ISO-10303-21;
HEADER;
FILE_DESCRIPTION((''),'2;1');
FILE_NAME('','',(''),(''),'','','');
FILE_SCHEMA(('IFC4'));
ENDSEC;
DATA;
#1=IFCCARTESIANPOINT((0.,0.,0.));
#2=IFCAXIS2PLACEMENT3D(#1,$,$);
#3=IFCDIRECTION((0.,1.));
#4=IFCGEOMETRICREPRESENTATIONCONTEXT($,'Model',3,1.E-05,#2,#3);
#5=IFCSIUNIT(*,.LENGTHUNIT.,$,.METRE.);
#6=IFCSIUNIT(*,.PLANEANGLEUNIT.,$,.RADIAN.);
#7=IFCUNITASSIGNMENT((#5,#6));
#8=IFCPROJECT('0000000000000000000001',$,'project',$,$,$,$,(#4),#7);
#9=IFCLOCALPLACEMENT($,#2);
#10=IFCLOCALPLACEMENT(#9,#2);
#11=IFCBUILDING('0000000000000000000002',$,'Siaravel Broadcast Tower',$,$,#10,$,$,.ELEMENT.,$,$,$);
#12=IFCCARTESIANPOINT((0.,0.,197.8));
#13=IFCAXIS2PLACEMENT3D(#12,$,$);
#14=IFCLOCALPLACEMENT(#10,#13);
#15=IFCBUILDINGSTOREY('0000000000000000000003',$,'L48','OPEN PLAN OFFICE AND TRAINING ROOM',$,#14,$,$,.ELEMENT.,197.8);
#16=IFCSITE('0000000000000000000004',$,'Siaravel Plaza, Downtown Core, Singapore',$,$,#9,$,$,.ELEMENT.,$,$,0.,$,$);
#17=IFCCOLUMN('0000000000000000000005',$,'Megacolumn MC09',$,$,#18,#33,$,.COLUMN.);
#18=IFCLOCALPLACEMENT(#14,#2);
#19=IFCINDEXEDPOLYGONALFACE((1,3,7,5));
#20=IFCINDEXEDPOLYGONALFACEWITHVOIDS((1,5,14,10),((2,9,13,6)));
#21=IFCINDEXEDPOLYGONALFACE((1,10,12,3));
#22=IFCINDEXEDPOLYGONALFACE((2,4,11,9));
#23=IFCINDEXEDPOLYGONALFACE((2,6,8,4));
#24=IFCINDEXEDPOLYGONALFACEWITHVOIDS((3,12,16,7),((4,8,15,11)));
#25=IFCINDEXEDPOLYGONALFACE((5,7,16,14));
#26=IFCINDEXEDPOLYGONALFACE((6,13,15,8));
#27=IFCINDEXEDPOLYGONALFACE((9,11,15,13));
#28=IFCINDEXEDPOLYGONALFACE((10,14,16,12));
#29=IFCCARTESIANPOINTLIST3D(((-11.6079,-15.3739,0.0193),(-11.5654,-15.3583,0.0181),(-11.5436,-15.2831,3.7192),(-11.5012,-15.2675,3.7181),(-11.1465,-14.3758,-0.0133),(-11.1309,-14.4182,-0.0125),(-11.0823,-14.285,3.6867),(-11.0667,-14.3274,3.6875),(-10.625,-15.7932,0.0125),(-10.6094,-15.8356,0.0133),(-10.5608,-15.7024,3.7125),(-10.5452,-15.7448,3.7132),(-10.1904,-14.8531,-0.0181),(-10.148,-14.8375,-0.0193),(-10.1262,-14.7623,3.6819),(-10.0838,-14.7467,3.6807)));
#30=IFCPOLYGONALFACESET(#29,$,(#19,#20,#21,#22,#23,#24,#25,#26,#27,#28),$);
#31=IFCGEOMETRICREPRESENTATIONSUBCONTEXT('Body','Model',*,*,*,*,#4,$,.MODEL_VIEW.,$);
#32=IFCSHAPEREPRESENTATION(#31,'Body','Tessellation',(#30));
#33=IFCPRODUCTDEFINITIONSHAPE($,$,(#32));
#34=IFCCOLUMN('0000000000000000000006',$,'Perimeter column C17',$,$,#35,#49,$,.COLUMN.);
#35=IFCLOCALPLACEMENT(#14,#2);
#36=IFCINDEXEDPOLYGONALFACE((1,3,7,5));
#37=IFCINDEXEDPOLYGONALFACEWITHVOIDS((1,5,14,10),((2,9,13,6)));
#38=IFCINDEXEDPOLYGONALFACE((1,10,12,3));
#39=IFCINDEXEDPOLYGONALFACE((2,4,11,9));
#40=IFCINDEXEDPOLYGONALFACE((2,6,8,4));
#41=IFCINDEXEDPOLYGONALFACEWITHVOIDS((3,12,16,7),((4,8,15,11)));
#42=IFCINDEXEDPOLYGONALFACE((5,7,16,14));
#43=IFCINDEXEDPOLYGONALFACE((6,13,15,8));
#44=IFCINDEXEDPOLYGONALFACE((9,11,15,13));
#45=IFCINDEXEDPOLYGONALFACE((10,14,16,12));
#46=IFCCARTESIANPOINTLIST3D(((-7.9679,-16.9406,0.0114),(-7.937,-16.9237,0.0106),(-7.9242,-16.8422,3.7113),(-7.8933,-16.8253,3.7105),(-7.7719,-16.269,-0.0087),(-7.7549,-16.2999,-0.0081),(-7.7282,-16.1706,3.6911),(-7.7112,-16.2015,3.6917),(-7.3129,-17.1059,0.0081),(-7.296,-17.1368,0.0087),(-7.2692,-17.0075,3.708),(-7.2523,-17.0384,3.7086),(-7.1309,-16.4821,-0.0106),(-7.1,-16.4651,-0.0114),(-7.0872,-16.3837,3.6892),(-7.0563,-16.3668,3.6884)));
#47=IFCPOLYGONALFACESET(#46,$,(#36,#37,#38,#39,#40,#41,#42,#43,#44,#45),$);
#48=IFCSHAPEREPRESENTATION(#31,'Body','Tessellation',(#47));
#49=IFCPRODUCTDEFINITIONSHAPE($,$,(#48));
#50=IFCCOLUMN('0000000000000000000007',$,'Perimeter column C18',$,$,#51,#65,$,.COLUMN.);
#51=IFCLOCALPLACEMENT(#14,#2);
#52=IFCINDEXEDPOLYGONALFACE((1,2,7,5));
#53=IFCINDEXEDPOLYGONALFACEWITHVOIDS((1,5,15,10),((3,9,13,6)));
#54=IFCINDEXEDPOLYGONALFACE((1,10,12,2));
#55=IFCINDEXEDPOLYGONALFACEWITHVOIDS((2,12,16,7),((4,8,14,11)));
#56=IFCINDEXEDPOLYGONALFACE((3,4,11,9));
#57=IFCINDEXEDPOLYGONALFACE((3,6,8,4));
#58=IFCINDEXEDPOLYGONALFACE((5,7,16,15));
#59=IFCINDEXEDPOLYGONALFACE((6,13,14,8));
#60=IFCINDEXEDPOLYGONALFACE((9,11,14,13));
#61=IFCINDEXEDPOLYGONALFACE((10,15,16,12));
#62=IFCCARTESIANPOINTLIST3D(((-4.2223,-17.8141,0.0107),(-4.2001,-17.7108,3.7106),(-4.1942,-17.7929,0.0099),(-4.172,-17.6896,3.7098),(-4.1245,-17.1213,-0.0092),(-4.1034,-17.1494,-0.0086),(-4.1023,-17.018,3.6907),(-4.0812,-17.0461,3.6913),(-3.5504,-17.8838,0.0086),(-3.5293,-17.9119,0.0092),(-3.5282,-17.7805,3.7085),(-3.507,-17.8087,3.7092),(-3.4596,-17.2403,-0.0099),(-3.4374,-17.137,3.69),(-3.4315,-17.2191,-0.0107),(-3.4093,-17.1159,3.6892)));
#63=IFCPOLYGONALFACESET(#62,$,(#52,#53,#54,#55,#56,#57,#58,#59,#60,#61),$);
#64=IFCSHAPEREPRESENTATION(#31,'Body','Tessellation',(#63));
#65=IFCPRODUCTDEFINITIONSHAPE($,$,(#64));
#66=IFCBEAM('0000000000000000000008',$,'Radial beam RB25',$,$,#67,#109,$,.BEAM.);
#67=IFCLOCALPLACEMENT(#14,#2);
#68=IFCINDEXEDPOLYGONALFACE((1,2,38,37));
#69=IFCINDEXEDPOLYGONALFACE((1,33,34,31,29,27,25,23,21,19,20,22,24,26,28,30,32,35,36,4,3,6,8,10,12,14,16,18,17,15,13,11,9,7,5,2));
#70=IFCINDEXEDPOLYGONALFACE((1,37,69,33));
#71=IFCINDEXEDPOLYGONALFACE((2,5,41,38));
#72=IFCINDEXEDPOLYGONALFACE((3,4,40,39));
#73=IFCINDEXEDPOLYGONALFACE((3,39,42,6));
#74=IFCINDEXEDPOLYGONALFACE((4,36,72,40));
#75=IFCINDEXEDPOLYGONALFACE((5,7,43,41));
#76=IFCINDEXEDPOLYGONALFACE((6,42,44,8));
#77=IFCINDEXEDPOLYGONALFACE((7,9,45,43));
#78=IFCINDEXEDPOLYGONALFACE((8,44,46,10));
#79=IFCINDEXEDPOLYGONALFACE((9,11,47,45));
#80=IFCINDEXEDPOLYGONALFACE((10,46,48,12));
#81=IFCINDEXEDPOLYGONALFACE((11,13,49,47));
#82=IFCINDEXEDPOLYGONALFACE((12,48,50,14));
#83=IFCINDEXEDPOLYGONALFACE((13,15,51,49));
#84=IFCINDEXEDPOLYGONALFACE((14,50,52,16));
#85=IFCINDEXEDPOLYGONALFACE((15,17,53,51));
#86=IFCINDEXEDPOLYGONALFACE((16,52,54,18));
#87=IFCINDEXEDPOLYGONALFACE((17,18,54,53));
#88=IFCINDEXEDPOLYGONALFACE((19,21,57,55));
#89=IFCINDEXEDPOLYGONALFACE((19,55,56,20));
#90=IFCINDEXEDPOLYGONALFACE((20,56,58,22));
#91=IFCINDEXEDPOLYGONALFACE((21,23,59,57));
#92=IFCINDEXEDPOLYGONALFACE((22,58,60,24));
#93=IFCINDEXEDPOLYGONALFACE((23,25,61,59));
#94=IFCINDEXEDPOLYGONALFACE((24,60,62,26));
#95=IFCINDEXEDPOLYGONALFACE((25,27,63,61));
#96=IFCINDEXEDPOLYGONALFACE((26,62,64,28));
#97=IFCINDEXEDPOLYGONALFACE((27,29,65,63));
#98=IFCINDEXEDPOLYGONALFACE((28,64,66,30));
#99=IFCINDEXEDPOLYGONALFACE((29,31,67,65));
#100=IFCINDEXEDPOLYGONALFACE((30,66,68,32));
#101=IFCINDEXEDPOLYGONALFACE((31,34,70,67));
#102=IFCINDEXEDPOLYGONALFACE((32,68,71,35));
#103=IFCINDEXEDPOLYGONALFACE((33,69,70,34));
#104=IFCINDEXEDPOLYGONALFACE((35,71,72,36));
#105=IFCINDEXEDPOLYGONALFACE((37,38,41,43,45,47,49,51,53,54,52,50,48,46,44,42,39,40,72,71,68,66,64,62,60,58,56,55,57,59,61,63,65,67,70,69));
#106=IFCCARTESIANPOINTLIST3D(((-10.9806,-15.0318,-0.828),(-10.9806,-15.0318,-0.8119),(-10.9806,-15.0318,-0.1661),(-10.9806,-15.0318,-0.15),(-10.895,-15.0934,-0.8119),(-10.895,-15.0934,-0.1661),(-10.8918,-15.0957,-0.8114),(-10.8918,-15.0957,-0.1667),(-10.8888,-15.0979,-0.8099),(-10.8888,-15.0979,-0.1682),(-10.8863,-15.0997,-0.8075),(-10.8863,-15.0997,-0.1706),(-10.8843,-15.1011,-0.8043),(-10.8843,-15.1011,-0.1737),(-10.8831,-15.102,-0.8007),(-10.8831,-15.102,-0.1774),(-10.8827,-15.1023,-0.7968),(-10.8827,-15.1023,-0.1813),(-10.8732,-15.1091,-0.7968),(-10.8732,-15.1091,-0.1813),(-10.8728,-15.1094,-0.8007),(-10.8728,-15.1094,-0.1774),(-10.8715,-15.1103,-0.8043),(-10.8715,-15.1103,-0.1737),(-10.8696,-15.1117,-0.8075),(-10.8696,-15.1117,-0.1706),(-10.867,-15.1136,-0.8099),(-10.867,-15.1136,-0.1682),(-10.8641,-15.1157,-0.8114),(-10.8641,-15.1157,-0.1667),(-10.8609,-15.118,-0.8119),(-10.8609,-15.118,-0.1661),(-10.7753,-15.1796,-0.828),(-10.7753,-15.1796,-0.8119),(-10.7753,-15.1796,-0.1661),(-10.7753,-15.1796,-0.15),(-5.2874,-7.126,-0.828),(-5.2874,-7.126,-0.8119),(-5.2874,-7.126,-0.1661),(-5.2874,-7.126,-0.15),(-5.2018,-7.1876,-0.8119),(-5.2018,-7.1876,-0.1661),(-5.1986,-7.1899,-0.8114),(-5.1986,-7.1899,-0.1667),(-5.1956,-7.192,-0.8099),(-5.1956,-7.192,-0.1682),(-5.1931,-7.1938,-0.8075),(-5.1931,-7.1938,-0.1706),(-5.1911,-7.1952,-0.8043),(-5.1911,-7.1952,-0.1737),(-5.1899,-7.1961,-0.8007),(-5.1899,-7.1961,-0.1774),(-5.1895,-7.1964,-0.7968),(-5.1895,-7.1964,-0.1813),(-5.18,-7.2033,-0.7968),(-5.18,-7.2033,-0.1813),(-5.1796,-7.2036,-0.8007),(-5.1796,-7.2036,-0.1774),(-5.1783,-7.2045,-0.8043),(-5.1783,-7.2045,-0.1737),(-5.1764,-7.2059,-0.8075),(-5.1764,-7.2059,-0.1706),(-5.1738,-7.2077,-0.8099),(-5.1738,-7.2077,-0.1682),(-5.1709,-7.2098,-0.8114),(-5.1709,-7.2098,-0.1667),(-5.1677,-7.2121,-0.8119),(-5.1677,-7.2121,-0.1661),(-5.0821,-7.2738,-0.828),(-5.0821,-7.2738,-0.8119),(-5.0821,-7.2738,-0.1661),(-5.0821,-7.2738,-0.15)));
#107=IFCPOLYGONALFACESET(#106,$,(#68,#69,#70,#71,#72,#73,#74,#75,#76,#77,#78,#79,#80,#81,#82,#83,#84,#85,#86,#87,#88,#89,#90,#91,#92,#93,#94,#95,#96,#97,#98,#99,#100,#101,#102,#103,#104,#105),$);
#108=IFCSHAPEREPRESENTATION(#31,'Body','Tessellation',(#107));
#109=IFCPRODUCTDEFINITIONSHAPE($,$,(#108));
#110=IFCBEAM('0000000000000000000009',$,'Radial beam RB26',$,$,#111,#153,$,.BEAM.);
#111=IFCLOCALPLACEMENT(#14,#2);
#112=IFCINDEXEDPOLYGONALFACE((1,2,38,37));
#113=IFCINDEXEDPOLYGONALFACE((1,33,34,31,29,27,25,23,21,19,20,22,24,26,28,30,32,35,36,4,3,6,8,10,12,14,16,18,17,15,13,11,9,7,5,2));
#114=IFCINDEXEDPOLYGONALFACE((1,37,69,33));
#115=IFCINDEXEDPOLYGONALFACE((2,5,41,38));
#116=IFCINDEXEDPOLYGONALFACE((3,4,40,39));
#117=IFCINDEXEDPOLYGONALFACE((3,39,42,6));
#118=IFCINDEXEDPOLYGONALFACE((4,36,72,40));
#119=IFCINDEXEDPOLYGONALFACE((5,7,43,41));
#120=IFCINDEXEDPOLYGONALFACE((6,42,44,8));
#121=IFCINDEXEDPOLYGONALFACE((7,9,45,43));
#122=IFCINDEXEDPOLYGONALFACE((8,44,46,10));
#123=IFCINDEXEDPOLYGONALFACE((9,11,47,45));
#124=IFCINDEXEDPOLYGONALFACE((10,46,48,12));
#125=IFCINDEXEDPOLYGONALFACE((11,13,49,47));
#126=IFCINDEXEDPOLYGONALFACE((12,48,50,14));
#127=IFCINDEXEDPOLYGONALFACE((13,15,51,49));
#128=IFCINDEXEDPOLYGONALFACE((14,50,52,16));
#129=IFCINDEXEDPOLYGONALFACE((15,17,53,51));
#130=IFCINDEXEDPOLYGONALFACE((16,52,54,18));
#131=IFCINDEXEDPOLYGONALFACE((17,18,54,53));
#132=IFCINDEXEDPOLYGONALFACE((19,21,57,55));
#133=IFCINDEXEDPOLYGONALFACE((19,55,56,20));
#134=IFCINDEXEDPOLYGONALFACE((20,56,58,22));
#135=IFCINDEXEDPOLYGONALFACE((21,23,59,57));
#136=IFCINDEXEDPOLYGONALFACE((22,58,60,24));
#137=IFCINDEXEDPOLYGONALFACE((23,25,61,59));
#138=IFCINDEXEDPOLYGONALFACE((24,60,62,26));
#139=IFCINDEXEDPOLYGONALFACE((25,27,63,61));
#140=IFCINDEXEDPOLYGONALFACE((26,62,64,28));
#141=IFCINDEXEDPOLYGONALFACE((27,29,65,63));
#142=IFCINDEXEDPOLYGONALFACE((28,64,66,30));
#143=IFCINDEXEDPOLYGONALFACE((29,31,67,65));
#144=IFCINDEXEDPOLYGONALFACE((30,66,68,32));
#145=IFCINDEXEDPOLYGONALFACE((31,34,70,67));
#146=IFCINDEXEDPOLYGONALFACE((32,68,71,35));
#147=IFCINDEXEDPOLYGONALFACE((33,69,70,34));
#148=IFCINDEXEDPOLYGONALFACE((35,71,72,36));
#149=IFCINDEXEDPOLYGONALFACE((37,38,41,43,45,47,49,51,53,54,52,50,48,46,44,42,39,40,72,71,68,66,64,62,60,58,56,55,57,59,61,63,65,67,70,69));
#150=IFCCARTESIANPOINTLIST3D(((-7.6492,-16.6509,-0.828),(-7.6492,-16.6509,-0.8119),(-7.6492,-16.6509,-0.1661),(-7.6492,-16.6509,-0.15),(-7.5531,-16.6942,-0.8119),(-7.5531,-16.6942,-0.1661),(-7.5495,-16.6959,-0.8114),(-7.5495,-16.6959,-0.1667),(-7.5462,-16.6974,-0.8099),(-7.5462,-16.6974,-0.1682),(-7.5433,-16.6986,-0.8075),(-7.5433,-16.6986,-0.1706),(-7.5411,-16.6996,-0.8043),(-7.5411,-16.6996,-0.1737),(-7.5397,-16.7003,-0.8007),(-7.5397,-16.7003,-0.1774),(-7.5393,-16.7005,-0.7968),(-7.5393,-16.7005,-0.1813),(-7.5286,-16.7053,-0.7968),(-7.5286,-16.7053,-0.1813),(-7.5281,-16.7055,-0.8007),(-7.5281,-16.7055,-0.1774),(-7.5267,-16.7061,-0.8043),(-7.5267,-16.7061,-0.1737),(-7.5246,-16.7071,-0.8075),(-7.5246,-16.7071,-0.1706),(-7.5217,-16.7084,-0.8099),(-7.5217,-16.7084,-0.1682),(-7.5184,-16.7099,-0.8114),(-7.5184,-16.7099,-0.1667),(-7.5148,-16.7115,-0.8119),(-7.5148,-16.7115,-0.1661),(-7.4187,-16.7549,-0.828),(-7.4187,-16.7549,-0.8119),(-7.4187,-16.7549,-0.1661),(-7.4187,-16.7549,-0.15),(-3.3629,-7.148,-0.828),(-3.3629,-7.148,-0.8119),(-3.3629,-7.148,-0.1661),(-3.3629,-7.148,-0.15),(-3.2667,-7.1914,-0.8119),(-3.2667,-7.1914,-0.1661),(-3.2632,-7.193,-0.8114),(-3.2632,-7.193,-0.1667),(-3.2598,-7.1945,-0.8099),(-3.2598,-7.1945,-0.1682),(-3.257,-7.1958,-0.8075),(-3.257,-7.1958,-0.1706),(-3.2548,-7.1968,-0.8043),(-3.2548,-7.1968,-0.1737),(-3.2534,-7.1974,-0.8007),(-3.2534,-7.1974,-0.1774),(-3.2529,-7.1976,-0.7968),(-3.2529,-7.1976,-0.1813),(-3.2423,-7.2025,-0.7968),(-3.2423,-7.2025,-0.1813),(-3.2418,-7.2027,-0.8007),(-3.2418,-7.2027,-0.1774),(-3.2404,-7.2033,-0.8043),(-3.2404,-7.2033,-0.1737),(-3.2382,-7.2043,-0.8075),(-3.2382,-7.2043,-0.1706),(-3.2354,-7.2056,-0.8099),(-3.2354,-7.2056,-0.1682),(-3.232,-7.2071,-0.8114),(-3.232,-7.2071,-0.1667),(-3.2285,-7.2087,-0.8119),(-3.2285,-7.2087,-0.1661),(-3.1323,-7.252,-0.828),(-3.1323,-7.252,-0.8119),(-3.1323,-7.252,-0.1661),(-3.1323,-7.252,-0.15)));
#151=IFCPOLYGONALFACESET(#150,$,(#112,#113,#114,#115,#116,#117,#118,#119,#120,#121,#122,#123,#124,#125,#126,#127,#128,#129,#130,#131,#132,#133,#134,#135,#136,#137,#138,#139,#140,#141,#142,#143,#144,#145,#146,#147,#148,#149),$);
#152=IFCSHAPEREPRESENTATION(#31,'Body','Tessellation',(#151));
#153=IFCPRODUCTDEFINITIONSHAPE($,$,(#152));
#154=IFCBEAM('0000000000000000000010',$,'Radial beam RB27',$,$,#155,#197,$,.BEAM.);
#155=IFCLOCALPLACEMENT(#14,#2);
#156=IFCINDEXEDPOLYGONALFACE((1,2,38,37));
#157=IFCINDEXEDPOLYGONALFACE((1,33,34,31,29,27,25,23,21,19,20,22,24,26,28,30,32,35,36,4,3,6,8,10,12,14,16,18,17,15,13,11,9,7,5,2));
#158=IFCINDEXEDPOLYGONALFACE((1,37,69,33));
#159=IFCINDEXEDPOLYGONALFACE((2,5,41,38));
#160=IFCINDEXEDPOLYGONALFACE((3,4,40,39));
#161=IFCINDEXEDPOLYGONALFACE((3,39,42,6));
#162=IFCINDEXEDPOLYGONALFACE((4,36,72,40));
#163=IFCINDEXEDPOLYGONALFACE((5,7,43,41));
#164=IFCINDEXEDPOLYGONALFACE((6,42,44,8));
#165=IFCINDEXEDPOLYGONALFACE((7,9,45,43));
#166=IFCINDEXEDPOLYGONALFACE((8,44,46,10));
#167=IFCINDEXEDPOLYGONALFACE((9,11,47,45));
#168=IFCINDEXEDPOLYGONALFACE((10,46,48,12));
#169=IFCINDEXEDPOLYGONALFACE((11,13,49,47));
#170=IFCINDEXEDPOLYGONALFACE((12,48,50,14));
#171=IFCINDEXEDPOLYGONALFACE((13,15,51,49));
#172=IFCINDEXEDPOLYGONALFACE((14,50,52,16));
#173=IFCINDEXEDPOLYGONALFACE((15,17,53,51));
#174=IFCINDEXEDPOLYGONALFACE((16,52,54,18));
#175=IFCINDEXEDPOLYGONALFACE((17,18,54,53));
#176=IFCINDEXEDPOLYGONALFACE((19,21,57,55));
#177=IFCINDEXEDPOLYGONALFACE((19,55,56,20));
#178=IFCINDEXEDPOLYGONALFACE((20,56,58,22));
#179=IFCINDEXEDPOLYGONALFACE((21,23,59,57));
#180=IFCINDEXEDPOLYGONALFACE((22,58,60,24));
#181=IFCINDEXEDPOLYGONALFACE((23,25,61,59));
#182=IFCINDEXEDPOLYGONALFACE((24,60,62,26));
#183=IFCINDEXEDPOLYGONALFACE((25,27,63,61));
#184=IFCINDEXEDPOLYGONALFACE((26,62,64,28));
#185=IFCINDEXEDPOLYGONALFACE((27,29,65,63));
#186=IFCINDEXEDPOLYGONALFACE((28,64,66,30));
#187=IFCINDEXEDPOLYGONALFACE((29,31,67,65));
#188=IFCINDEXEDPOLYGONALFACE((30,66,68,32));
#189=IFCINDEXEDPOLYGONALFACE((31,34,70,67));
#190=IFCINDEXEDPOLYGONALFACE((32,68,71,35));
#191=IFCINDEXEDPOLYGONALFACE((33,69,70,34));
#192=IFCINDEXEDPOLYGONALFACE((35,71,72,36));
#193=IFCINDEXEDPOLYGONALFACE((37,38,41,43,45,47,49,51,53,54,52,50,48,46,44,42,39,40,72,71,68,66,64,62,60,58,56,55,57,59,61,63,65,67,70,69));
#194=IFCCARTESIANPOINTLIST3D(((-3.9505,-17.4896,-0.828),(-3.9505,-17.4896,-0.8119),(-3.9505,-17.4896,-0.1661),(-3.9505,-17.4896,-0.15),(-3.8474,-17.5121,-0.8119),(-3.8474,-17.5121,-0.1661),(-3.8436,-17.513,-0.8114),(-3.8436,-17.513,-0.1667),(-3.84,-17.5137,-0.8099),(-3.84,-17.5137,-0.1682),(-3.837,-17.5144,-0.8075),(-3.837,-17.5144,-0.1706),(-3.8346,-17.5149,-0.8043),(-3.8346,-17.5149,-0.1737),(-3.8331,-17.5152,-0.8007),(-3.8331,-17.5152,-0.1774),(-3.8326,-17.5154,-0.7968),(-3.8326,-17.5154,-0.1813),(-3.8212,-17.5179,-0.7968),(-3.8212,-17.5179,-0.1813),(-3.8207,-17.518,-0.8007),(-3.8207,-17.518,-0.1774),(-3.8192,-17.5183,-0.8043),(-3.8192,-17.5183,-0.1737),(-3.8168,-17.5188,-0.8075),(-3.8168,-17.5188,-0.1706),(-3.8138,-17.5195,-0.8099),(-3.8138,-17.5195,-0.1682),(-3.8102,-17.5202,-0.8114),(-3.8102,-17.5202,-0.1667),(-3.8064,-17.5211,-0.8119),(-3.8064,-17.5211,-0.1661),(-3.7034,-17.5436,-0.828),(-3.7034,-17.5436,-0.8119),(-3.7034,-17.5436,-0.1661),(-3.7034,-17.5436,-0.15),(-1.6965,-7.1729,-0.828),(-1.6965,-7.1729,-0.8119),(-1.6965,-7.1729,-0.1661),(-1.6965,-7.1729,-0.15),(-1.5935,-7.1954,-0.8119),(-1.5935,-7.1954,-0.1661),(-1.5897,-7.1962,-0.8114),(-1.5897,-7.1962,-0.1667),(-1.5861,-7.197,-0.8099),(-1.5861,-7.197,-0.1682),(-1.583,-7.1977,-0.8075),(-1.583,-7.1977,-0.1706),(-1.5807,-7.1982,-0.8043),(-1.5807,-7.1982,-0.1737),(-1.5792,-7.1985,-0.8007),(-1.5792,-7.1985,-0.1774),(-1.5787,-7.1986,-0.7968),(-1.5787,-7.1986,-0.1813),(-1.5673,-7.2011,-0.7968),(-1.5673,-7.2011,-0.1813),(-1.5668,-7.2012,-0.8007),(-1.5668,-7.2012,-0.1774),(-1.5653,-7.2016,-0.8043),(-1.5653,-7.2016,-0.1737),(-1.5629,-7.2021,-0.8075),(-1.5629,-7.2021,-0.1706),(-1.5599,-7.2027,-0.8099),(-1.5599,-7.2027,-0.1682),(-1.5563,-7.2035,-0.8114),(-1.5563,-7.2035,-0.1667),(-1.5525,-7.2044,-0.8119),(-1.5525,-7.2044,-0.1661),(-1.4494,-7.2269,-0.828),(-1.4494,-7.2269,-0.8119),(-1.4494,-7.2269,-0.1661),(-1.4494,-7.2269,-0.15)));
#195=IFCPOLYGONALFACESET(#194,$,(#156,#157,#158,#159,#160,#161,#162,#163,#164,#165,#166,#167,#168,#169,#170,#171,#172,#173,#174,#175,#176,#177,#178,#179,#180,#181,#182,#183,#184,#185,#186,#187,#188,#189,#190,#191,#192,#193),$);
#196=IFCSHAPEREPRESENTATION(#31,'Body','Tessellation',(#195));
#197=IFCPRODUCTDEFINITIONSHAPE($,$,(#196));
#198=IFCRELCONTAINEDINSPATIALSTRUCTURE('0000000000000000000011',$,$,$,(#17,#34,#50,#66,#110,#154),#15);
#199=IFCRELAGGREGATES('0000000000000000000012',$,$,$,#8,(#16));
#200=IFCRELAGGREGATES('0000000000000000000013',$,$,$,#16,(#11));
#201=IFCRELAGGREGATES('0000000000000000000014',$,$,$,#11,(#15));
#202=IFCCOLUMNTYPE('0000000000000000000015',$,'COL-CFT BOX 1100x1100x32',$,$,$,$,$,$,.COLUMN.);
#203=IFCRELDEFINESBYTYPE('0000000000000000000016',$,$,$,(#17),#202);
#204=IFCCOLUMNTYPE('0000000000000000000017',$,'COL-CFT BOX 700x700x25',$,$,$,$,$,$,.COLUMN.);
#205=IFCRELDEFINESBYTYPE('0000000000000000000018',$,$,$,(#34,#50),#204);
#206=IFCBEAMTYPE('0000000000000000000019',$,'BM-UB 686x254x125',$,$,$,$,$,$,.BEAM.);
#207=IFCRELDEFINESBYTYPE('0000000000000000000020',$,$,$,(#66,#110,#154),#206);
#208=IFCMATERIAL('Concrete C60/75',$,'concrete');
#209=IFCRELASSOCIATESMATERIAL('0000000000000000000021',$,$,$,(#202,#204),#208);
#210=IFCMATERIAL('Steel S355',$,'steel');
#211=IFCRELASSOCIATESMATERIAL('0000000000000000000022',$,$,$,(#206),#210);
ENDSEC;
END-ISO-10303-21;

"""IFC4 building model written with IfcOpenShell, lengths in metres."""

from ifc_helpers import new_model, si_unit, direction, frame, origin, origin_2d, place, context, subcontext, project, spatial, hollow_rectangle, i_section, extrude, material, material_profile, profile_set, type_object, element, save


model = new_model("IFC4")

# Units and contexts
model_context = context("Model", 3, precision=1e-05, world=origin(), true_north=direction((0.0, 1.0)))
body_context = subcontext(model_context, "Body", "Model", "MODEL_VIEW")
ifc_project = project(units=[si_unit("LENGTHUNIT", "METRE"), si_unit("PLANEANGLEUNIT", "RADIAN")], contexts=[model_context])

# Site, building, storey
site_placement = place(None, origin())
site = spatial("IfcSite", under=ifc_project, at=site_placement, Name="Siaravel Plaza, Downtown Core, Singapore", CompositionType="ELEMENT", RefElevation=0.0)
building_placement = place(site_placement, origin())
building = spatial("IfcBuilding", under=site, at=building_placement, Name="Siaravel Broadcast Tower", CompositionType="ELEMENT")
storey_placement = place(building_placement, frame((0.0, 0.0, 197.8)))
storey = spatial("IfcBuildingStorey", under=building, at=storey_placement, Name="L48", Description="OPEN PLAN OFFICE AND TRAINING ROOM", CompositionType="ELEMENT", Elevation=197.8)

# Columns
ifc_material_1 = material(Name="Concrete C60/75", Category="concrete")
ifc_material_profile_1 = material_profile(ifc_material_1, hollow_rectangle(XDim=1.1001, YDim=1.1001, WallThickness=0.032, at=origin_2d()))
ifc_profile_set_1 = profile_set([ifc_material_profile_1], Name="Concrete C60/75")
column_type_1 = type_object("IfcColumnType", Name="COL-CFT BOX 1100x1100x32", PredefinedType="COLUMN", material=ifc_profile_set_1)
column_placement = place(storey_placement, frame((-10.8779, -15.1057, 0.0), z_axis=(0.017346, 0.024535, 0.999548), x_axis=(-0.907643, 0.419707, 0.005449)))
element("IfcColumn", 1, at=column_placement, inside=storey, type_object=column_type_1, Name="Megacolumn MC09", PredefinedType="COLUMN", context=body_context, shape_type="SweptSolid", body=[
    extrude(hollow_rectangle(XDim=1.1001, YDim=1.1001, WallThickness=0.032, at=origin_2d()), origin(), (0.0, 0.0, 1.0), 3.7017),
])
ifc_material_profile_2 = material_profile(ifc_material_1, hollow_rectangle(XDim=0.7, YDim=0.7, WallThickness=0.0249, at=origin_2d()))
ifc_profile_set_2 = profile_set([ifc_material_profile_2], Name="Concrete C60/75")
column_type_2 = type_object("IfcColumnType", Name="COL-CFT BOX 700x700x25", PredefinedType="COLUMN", material=ifc_profile_set_2)
for number, where, z_axis, x_axis, name in (
    (2, (-7.5339, -16.7029, 0.0), (0.011806, 0.026581, 0.999577), (-0.959918, 0.280254, 0.003885), "Perimeter column C17"),
    (3, (-3.8269, -17.5166, 0.0), (0.006002, 0.0279, 0.999593), (-0.990174, 0.139824, 0.002043), "Perimeter column C18"),
):
    element("IfcColumn", number, at=place(storey_placement, frame(where, z_axis=z_axis, x_axis=x_axis)), inside=storey, type_object=column_type_2, Name=name, PredefinedType="COLUMN", context=body_context, shape_type="SweptSolid", body=[
        extrude(hollow_rectangle(XDim=0.7, YDim=0.7, WallThickness=0.0249, at=origin_2d()), origin(), (0.0, 0.0, 1.0), 3.7014),
    ])

# Beams
ifc_material_2 = material(Name="Steel S355", Category="steel")
ifc_material_profile_3 = material_profile(ifc_material_2, i_section(OverallWidth=0.2529, OverallDepth=0.678, WebThickness=0.0117, FlangeThickness=0.0161, FilletRadius=0.0151, at=origin_2d()))
ifc_profile_set_3 = profile_set([ifc_material_profile_3], Name="Steel S355")
beam_type = type_object("IfcBeamType", Name="BM-UB 686x254x125", PredefinedType="BEAM", material=ifc_profile_set_3)
beam_1_placement = place(storey_placement, frame((-10.8779, -15.1057, -0.489), z_axis=(0.58437, 0.811487, 0.0), x_axis=(-0.811487, 0.58437, 0.0)))
element("IfcBeam", 4, at=beam_1_placement, inside=storey, type_object=beam_type, Name="Radial beam RB25", PredefinedType="BEAM", context=body_context, shape_type="SweptSolid", body=[
    extrude(i_section(OverallWidth=0.2529, OverallDepth=0.678, WebThickness=0.0117, FlangeThickness=0.0161, FilletRadius=0.0151, at=origin_2d()), origin(), (0.0, 0.0, 1.0), 9.7424),
])
beam_2_placement = place(storey_placement, frame((-7.5339, -16.7029, -0.489), z_axis=(0.411167, 0.91156, 0.0), x_axis=(-0.91156, 0.411167, 0.0)))
element("IfcBeam", 5, at=beam_2_placement, inside=storey, type_object=beam_type, Name="Radial beam RB26", PredefinedType="BEAM", context=body_context, shape_type="SweptSolid", body=[
    extrude(i_section(OverallWidth=0.2529, OverallDepth=0.678, WebThickness=0.0117, FlangeThickness=0.0161, FilletRadius=0.0151, at=origin_2d()), origin(), (0.0, 0.0, 1.0), 10.4248),
])
beam_3_placement = place(storey_placement, frame((-3.8269, -17.5166, -0.489), z_axis=(0.213438, 0.976957, 0.0), x_axis=(-0.976957, 0.213438, 0.0)))
element("IfcBeam", 6, at=beam_3_placement, inside=storey, type_object=beam_type, Name="Radial beam RB27", PredefinedType="BEAM", context=body_context, shape_type="SweptSolid", body=[
    extrude(i_section(OverallWidth=0.2529, OverallDepth=0.678, WebThickness=0.0117, FlangeThickness=0.0161, FilletRadius=0.0151, at=origin_2d()), origin(), (0.0, 0.0, 1.0), 10.5601),
])

save(model, "model.ifc")
